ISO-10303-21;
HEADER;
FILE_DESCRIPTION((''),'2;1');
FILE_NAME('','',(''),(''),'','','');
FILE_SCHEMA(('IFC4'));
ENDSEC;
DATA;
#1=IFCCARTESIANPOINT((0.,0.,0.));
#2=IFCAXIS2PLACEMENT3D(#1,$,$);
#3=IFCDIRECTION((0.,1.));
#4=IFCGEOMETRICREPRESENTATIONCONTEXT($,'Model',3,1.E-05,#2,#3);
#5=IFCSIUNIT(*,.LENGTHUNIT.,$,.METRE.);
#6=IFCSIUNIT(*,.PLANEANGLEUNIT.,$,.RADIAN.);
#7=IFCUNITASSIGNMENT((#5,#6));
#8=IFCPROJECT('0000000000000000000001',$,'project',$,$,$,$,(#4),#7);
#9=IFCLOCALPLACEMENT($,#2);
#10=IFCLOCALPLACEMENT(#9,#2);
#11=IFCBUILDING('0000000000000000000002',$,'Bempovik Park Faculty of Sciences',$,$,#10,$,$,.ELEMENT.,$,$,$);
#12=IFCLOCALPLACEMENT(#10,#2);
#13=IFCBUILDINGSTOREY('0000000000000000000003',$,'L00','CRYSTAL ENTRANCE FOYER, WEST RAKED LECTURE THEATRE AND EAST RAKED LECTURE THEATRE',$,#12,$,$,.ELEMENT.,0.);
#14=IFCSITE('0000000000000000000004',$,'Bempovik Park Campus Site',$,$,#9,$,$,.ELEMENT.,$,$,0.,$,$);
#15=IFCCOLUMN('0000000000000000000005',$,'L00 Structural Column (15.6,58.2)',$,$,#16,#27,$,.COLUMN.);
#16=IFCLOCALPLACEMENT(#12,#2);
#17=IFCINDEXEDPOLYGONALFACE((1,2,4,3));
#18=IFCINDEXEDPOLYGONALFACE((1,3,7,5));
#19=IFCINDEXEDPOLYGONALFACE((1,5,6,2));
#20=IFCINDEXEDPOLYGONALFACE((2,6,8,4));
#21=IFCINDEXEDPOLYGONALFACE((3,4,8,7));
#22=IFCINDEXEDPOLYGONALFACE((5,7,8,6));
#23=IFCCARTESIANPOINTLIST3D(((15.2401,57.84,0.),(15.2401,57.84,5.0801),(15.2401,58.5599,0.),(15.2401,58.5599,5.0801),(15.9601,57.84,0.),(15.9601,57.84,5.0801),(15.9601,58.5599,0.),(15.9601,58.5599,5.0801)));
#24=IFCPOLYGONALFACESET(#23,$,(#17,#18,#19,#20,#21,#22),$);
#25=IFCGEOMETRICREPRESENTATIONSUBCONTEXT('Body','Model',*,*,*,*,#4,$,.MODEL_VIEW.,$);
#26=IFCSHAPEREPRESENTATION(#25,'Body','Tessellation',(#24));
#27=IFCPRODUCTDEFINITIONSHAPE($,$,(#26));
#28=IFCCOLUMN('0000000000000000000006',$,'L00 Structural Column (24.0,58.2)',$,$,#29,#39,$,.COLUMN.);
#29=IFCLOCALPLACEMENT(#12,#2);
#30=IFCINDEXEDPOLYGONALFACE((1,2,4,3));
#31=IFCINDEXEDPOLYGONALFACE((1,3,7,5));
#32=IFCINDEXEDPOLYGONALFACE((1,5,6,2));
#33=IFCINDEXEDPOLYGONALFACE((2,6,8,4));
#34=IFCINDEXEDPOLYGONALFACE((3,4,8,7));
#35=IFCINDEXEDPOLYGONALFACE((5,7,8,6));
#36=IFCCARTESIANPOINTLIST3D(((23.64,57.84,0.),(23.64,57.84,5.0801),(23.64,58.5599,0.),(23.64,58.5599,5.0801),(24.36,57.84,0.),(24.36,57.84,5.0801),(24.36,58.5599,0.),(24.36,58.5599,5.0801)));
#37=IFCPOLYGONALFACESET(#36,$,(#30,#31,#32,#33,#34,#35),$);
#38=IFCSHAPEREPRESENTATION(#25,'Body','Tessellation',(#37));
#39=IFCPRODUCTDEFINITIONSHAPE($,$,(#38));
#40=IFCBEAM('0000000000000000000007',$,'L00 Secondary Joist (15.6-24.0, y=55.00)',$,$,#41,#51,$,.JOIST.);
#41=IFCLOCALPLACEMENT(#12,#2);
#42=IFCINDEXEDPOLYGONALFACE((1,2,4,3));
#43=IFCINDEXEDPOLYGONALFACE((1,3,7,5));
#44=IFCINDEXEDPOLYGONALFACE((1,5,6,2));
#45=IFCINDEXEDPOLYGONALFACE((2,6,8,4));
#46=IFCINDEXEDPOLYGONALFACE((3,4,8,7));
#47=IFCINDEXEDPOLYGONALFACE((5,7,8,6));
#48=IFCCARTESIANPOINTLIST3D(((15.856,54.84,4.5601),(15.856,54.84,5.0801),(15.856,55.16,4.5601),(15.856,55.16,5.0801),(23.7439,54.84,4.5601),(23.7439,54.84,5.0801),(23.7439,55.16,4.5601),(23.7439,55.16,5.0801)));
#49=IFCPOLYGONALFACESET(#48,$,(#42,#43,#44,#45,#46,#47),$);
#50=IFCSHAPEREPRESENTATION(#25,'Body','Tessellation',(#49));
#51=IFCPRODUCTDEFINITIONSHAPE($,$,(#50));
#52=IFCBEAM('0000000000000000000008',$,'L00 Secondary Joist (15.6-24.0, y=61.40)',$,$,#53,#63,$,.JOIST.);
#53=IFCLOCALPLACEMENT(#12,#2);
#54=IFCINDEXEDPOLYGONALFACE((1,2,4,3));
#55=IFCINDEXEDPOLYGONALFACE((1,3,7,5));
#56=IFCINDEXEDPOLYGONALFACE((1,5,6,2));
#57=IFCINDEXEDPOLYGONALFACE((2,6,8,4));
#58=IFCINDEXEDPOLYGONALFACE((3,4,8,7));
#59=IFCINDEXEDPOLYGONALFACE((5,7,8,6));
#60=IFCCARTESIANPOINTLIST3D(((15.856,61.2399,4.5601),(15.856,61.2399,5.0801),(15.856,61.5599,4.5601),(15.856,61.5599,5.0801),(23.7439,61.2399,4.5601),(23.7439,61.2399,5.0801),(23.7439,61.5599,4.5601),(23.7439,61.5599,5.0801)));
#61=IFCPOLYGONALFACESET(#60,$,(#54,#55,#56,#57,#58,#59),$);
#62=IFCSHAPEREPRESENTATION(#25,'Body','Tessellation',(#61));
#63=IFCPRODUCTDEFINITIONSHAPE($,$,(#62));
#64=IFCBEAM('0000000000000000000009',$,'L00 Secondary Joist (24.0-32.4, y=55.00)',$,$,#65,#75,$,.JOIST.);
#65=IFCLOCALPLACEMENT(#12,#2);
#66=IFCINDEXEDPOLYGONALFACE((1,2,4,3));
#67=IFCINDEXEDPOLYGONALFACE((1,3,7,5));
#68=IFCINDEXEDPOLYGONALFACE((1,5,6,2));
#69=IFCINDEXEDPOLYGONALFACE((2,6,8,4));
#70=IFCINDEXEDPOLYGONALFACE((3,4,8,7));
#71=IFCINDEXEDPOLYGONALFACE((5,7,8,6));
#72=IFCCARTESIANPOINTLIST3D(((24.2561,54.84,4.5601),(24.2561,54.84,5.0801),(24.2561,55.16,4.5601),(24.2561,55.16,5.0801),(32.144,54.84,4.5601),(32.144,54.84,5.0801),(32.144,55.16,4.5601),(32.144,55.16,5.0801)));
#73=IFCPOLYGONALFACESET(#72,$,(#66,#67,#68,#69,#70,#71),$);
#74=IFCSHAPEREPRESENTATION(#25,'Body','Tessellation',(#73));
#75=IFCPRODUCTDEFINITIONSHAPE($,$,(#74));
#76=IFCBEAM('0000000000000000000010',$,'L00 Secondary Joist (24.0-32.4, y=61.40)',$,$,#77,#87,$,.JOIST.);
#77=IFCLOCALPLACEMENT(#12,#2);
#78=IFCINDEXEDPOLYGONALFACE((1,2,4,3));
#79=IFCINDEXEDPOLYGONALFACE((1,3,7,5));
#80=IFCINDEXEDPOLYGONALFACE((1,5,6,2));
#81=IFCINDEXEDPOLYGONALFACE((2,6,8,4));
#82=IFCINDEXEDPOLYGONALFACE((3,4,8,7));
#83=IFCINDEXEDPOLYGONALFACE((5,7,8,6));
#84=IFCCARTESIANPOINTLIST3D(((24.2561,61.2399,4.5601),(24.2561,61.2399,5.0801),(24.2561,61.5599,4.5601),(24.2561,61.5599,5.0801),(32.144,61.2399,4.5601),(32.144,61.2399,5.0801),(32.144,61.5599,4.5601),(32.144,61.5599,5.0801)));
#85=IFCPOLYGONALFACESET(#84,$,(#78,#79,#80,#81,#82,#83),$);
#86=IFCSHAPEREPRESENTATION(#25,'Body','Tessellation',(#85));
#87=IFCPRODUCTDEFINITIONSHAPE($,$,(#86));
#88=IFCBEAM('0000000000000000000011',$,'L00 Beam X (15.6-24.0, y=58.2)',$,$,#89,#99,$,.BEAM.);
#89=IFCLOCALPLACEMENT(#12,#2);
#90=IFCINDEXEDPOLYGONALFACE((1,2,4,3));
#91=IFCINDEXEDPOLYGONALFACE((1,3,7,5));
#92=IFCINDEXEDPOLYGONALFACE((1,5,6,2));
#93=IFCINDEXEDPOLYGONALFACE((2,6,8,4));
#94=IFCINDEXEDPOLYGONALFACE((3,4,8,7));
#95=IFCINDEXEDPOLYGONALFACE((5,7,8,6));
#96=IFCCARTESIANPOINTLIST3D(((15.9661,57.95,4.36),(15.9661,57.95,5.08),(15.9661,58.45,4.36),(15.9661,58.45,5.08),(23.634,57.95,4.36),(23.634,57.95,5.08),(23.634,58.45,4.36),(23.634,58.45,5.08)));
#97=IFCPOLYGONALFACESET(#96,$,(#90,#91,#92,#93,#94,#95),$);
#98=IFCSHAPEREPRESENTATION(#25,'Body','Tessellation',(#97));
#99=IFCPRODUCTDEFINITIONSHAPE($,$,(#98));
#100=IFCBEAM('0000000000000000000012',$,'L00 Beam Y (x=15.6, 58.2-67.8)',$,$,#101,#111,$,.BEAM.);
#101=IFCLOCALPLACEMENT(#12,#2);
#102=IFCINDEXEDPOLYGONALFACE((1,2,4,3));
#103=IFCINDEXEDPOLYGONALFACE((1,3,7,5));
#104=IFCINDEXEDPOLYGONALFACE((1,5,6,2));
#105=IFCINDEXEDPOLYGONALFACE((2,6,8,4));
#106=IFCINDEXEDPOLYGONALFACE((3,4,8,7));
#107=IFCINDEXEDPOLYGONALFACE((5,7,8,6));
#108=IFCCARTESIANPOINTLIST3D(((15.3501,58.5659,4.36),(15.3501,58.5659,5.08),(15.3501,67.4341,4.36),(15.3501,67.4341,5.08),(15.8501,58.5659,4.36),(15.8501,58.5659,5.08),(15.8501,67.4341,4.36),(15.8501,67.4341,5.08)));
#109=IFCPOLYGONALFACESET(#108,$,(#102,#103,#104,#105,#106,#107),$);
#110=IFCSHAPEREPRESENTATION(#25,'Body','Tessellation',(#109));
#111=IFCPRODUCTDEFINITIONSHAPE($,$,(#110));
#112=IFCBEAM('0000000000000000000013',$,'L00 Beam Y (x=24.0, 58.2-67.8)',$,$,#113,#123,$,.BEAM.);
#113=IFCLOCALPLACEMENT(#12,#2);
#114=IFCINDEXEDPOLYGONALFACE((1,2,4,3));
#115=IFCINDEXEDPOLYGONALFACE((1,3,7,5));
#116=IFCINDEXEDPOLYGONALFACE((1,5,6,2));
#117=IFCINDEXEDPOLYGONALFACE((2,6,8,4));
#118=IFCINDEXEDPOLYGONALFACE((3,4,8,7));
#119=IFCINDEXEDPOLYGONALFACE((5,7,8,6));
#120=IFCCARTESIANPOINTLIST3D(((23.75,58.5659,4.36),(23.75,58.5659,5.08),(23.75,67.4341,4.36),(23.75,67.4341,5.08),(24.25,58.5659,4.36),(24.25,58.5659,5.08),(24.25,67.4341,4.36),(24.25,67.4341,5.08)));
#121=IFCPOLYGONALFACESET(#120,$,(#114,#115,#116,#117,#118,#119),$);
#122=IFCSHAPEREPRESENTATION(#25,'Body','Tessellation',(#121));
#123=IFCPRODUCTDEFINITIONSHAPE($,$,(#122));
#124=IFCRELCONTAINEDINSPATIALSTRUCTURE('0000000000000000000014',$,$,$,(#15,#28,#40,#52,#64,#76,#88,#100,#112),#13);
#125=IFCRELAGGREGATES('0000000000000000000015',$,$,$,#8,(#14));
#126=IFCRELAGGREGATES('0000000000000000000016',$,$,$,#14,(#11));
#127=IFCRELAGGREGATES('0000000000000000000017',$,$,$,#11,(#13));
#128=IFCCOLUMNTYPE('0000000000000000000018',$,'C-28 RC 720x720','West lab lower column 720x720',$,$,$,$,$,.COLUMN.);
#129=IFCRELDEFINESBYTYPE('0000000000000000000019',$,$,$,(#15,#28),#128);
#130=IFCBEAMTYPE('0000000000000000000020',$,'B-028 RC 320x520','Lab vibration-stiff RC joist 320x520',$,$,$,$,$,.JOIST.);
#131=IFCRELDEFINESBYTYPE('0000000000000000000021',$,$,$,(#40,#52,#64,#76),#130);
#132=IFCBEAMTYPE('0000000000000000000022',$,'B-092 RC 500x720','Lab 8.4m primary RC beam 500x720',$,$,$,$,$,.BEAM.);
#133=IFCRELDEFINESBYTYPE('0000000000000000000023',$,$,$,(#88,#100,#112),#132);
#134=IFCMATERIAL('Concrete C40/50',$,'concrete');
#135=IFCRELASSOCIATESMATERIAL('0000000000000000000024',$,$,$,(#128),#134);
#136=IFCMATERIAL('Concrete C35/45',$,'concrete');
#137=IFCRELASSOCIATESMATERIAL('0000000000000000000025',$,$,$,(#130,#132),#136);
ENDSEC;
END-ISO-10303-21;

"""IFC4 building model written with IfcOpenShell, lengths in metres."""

from ifc_helpers import new_model, si_unit, direction, frame, origin, origin_2d, place, context, subcontext, project, spatial, rectangle, extrude, material, material_profile, profile_set, type_object, element, save


model = new_model("IFC4")

# Units and contexts
model_context = context("Model", 3, precision=1e-05, world=origin(), true_north=direction((0.0, 1.0)))
body_context = subcontext(model_context, "Body", "Model", "MODEL_VIEW")
ifc_project = project(units=[si_unit("LENGTHUNIT", "METRE"), si_unit("PLANEANGLEUNIT", "RADIAN")], contexts=[model_context])

# Site, building, storey
site_placement = place(None, origin())
site = spatial("IfcSite", under=ifc_project, at=site_placement, Name="Bempovik Park Campus Site", CompositionType="ELEMENT", RefElevation=0.0)
building_placement = place(site_placement, origin())
building = spatial("IfcBuilding", under=site, at=building_placement, Name="Bempovik Park Faculty of Sciences", CompositionType="ELEMENT")
storey_placement = place(building_placement, origin())
storey = spatial("IfcBuildingStorey", under=building, at=storey_placement, Name="L00", Description="CRYSTAL ENTRANCE FOYER, WEST RAKED LECTURE THEATRE AND EAST RAKED LECTURE THEATRE", CompositionType="ELEMENT", Elevation=0.0)

# Shared definitions
ifc_material_1 = material(Name="Concrete C35/45", Category="concrete")

# Columns
ifc_material_2 = material(Name="Concrete C40/50", Category="concrete")
ifc_material_profile_1 = material_profile(ifc_material_2, rectangle(XDim=0.72, YDim=0.72, at=origin_2d()), Name="RC 720x720")
ifc_profile_set_1 = profile_set([ifc_material_profile_1], Name="Concrete C40/50")
column_type = type_object("IfcColumnType", Name="C-28 RC 720x720", Description="West lab lower column 720x720", PredefinedType="COLUMN", material=ifc_profile_set_1)
for number, where, z_axis, x_axis, name in (
    (1, (15.6001, 58.2, 0.0), (0.0, 0.0, 1.0), (1.0, 0.0, 0.0), "L00 Structural Column (15.6,58.2)"),
    (2, (24.0, 58.2, 0.0), (0.0, 0.0, 1.0), (1.0, 0.0, 0.0), "L00 Structural Column (24.0,58.2)"),
):
    element("IfcColumn", number, at=place(storey_placement, frame(where, z_axis=z_axis, x_axis=x_axis)), inside=storey, type_object=column_type, Name=name, PredefinedType="COLUMN", context=body_context, shape_type="SweptSolid", body=[
        extrude(rectangle(XDim=0.72, YDim=0.72, at=origin_2d()), origin(), (0.0, 0.0, 1.0), 5.0801),
    ])

# Beams
ifc_material_profile_2 = material_profile(ifc_material_1, rectangle(XDim=0.3201, YDim=0.52, at=origin_2d()), Name="RC 320x520")
ifc_profile_set_2 = profile_set([ifc_material_profile_2], Name="Concrete C35/45")
beam_type_1 = type_object("IfcBeamType", Name="B-028 RC 320x520", Description="Lab vibration-stiff RC joist 320x520", PredefinedType="JOIST", material=ifc_profile_set_2)
for number, where, z_axis, x_axis, name in (
    (3, (15.856, 55.0, 4.8201), (1.0, 0.0, 0.0), (0.0, 1.0, 0.0), "L00 Secondary Joist (15.6-24.0, y=55.00)"),
    (4, (15.856, 61.3999, 4.8201), (1.0, 0.0, 0.0), (0.0, 1.0, 0.0), "L00 Secondary Joist (15.6-24.0, y=61.40)"),
    (5, (24.2561, 55.0, 4.8201), (1.0, 0.0, 0.0), (0.0, 1.0, 0.0), "L00 Secondary Joist (24.0-32.4, y=55.00)"),
    (6, (24.2561, 61.3999, 4.8201), (1.0, 0.0, 0.0), (0.0, 1.0, 0.0), "L00 Secondary Joist (24.0-32.4, y=61.40)"),
):
    element("IfcBeam", number, at=place(storey_placement, frame(where, z_axis=z_axis, x_axis=x_axis)), inside=storey, type_object=beam_type_1, Name=name, PredefinedType="JOIST", context=body_context, shape_type="SweptSolid", body=[
        extrude(rectangle(XDim=0.3201, YDim=0.52, at=origin_2d()), origin(), (0.0, 0.0, 1.0), 7.8879),
    ])
ifc_material_profile_3 = material_profile(ifc_material_1, rectangle(XDim=0.5, YDim=0.72, at=origin_2d()), Name="RC 500x720")
ifc_profile_set_3 = profile_set([ifc_material_profile_3], Name="Concrete C35/45")
beam_type_2 = type_object("IfcBeamType", Name="B-092 RC 500x720", Description="Lab 8.4m primary RC beam 500x720", PredefinedType="BEAM", material=ifc_profile_set_3)
beam_placement = place(storey_placement, frame((15.9661, 58.2, 4.72), z_axis=(1.0, 0.0, 0.0), x_axis=(0.0, 1.0, 0.0)))
element("IfcBeam", 7, at=beam_placement, inside=storey, type_object=beam_type_2, Name="L00 Beam X (15.6-24.0, y=58.2)", PredefinedType="BEAM", context=body_context, shape_type="SweptSolid", body=[
    extrude(rectangle(XDim=0.5, YDim=0.72, at=origin_2d()), origin(), (0.0, 0.0, 1.0), 7.668),
])
for number, where, z_axis, x_axis, name in (
    (8, (15.6001, 58.5659, 4.72), (0.0, 1.0, 0.0), (-1.0, 0.0, 0.0), "L00 Beam Y (x=15.6, 58.2-67.8)"),
    (9, (24.0, 58.5659, 4.72), (0.0, 1.0, 0.0), (-1.0, 0.0, 0.0), "L00 Beam Y (x=24.0, 58.2-67.8)"),
):
    element("IfcBeam", number, at=place(storey_placement, frame(where, z_axis=z_axis, x_axis=x_axis)), inside=storey, type_object=beam_type_2, Name=name, PredefinedType="BEAM", context=body_context, shape_type="SweptSolid", body=[
        extrude(rectangle(XDim=0.5, YDim=0.72, at=origin_2d()), origin(), (0.0, 0.0, 1.0), 8.8682),
    ])

save(model, "model.ifc")
